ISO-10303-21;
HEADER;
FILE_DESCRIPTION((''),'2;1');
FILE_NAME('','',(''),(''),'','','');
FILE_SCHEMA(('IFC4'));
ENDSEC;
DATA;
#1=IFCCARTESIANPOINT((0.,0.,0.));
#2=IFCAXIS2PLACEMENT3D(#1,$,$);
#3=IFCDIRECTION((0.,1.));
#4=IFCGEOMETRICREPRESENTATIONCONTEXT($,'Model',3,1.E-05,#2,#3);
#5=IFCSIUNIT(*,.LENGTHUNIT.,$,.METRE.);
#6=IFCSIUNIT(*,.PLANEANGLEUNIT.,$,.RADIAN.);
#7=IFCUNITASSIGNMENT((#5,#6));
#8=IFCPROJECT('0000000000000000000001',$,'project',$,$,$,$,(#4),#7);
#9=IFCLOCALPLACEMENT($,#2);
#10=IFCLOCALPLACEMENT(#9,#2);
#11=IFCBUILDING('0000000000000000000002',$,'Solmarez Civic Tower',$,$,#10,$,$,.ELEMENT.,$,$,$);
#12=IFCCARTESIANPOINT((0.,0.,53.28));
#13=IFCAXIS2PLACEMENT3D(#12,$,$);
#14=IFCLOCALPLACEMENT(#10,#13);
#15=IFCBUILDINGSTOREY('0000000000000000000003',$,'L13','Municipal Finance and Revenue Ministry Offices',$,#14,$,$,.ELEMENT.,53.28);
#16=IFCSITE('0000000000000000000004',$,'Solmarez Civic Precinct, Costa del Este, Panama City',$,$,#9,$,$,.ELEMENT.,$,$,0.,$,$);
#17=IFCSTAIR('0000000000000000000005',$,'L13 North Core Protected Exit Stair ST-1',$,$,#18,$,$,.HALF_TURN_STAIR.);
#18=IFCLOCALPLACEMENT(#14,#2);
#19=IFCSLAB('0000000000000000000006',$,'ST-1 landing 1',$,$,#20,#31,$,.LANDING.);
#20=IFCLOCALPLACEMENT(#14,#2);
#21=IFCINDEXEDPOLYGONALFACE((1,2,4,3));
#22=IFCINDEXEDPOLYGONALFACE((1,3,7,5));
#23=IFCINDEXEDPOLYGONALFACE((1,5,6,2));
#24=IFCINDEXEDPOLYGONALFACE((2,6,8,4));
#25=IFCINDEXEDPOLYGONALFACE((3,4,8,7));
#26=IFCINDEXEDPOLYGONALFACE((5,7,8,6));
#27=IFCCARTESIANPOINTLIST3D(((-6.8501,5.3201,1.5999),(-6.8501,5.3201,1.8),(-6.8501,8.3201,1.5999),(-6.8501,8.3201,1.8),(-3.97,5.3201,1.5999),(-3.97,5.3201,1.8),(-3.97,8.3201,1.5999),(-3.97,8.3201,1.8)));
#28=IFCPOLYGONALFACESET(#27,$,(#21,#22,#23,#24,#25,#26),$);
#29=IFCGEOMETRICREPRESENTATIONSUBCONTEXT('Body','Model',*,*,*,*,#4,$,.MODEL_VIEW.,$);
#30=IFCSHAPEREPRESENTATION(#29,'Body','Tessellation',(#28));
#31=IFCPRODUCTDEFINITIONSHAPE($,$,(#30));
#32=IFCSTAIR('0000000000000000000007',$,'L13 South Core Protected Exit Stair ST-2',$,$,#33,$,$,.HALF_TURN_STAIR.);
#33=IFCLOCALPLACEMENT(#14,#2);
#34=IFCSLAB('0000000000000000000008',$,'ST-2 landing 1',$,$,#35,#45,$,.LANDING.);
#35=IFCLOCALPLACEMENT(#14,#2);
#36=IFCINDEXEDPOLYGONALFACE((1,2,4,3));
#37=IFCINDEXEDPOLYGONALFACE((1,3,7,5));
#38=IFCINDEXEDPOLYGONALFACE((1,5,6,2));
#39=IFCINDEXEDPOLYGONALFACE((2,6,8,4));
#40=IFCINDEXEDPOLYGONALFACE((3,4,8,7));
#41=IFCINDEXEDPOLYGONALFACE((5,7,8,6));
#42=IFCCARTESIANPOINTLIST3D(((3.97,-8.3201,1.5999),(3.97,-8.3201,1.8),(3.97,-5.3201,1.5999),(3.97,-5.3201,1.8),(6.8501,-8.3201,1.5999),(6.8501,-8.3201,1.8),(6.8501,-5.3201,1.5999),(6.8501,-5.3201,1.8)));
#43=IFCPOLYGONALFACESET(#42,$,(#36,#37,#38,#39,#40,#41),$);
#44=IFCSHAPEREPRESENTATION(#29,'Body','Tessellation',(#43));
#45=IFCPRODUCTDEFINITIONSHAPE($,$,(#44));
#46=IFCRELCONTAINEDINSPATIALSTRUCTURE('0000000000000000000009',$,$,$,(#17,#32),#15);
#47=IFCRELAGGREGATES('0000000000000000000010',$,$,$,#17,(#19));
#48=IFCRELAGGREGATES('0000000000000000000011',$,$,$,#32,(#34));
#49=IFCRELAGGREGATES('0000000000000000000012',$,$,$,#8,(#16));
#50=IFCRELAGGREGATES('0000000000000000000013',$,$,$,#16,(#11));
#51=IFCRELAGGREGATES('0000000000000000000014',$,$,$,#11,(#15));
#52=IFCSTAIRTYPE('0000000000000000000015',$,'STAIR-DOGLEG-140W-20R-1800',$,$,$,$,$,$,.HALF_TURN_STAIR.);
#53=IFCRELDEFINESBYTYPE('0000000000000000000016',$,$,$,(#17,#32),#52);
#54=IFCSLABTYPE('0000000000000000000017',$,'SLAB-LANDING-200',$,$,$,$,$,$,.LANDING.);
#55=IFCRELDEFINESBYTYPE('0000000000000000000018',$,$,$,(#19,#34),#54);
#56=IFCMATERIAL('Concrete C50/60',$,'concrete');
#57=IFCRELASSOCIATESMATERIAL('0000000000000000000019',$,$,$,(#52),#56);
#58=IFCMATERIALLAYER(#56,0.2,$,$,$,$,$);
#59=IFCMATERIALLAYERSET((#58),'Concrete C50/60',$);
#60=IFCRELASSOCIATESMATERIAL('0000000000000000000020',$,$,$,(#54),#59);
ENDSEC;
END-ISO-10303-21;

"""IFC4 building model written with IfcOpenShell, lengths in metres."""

from ifc_helpers import new_model, si_unit, direction, frame, origin, place, context, subcontext, project, spatial, polyline, outline, extrude, material, layer, layer_set, type_object, element, aggregate, save


model = new_model("IFC4")

# Units and contexts
model_context = context("Model", 3, precision=1e-05, world=origin(), true_north=direction((0.0, 1.0)))
body_context = subcontext(model_context, "Body", "Model", "MODEL_VIEW")
ifc_project = project(units=[si_unit("LENGTHUNIT", "METRE"), si_unit("PLANEANGLEUNIT", "RADIAN")], contexts=[model_context])

# Site, building, storey
site_placement = place(None, origin())
site = spatial("IfcSite", under=ifc_project, at=site_placement, Name="Solmarez Civic Precinct, Costa del Este, Panama City", CompositionType="ELEMENT", RefElevation=0.0)
building_placement = place(site_placement, origin())
building = spatial("IfcBuilding", under=site, at=building_placement, Name="Solmarez Civic Tower", CompositionType="ELEMENT")
storey_placement = place(building_placement, frame((0.0, 0.0, 53.28)))
storey = spatial("IfcBuildingStorey", under=building, at=storey_placement, Name="L13", Description="Municipal Finance and Revenue Ministry Offices", CompositionType="ELEMENT", Elevation=53.28)

# Stairs, slabs
ifc_material_1 = material(Name="Concrete C50/60", Category="concrete")
stair_type = type_object("IfcStairType", Name="STAIR-DOGLEG-140W-20R-1800", PredefinedType="HALF_TURN_STAIR", material=ifc_material_1)
stair_1_placement = place(storey_placement, origin())
stair_1 = element("IfcStair", 1, at=stair_1_placement, inside=storey, type_object=stair_type, Name="L13 North Core Protected Exit Stair ST-1", PredefinedType="HALF_TURN_STAIR")
ifc_layer_1 = layer(ifc_material_1, 0.2)
ifc_layer_set_1 = layer_set([ifc_layer_1], Name="Concrete C50/60")
slab_type_1 = type_object("IfcSlabType", Name="SLAB-LANDING-200", PredefinedType="LANDING", material=ifc_layer_set_1)
slab_1_placement = place(storey_placement, frame((0.0, 0.0, 1.5999)))
slab_1 = element("IfcSlab", 2, at=slab_1_placement, type_object=slab_type_1, Name="ST-1 landing 1", PredefinedType="LANDING", context=body_context, shape_type="SweptSolid", body=[
    extrude(outline(polyline([(-3.97, 8.3201), (-6.8501, 8.3201), (-6.8501, 5.3201), (-3.97, 5.3201), (-3.97, 8.3201)])), origin(), (0.0, 0.0, 1.0), 0.2002),
])
aggregate(stair_1, [slab_1])
stair_2_placement = place(storey_placement, origin())
stair_2 = element("IfcStair", 3, at=stair_2_placement, inside=storey, type_object=stair_type, Name="L13 South Core Protected Exit Stair ST-2", PredefinedType="HALF_TURN_STAIR")
slab_2_placement = place(storey_placement, frame((0.0, 0.0, 1.5999)))
slab_2 = element("IfcSlab", 4, at=slab_2_placement, type_object=slab_type_1, Name="ST-2 landing 1", PredefinedType="LANDING", context=body_context, shape_type="SweptSolid", body=[
    extrude(outline(polyline([(3.97, -8.3201), (6.8501, -8.3201), (6.8501, -5.3201), (3.97, -5.3201), (3.97, -8.3201)])), origin(), (0.0, 0.0, 1.0), 0.2002),
])

aggregate(stair_2, [slab_2])

save(model, "model.ifc")
